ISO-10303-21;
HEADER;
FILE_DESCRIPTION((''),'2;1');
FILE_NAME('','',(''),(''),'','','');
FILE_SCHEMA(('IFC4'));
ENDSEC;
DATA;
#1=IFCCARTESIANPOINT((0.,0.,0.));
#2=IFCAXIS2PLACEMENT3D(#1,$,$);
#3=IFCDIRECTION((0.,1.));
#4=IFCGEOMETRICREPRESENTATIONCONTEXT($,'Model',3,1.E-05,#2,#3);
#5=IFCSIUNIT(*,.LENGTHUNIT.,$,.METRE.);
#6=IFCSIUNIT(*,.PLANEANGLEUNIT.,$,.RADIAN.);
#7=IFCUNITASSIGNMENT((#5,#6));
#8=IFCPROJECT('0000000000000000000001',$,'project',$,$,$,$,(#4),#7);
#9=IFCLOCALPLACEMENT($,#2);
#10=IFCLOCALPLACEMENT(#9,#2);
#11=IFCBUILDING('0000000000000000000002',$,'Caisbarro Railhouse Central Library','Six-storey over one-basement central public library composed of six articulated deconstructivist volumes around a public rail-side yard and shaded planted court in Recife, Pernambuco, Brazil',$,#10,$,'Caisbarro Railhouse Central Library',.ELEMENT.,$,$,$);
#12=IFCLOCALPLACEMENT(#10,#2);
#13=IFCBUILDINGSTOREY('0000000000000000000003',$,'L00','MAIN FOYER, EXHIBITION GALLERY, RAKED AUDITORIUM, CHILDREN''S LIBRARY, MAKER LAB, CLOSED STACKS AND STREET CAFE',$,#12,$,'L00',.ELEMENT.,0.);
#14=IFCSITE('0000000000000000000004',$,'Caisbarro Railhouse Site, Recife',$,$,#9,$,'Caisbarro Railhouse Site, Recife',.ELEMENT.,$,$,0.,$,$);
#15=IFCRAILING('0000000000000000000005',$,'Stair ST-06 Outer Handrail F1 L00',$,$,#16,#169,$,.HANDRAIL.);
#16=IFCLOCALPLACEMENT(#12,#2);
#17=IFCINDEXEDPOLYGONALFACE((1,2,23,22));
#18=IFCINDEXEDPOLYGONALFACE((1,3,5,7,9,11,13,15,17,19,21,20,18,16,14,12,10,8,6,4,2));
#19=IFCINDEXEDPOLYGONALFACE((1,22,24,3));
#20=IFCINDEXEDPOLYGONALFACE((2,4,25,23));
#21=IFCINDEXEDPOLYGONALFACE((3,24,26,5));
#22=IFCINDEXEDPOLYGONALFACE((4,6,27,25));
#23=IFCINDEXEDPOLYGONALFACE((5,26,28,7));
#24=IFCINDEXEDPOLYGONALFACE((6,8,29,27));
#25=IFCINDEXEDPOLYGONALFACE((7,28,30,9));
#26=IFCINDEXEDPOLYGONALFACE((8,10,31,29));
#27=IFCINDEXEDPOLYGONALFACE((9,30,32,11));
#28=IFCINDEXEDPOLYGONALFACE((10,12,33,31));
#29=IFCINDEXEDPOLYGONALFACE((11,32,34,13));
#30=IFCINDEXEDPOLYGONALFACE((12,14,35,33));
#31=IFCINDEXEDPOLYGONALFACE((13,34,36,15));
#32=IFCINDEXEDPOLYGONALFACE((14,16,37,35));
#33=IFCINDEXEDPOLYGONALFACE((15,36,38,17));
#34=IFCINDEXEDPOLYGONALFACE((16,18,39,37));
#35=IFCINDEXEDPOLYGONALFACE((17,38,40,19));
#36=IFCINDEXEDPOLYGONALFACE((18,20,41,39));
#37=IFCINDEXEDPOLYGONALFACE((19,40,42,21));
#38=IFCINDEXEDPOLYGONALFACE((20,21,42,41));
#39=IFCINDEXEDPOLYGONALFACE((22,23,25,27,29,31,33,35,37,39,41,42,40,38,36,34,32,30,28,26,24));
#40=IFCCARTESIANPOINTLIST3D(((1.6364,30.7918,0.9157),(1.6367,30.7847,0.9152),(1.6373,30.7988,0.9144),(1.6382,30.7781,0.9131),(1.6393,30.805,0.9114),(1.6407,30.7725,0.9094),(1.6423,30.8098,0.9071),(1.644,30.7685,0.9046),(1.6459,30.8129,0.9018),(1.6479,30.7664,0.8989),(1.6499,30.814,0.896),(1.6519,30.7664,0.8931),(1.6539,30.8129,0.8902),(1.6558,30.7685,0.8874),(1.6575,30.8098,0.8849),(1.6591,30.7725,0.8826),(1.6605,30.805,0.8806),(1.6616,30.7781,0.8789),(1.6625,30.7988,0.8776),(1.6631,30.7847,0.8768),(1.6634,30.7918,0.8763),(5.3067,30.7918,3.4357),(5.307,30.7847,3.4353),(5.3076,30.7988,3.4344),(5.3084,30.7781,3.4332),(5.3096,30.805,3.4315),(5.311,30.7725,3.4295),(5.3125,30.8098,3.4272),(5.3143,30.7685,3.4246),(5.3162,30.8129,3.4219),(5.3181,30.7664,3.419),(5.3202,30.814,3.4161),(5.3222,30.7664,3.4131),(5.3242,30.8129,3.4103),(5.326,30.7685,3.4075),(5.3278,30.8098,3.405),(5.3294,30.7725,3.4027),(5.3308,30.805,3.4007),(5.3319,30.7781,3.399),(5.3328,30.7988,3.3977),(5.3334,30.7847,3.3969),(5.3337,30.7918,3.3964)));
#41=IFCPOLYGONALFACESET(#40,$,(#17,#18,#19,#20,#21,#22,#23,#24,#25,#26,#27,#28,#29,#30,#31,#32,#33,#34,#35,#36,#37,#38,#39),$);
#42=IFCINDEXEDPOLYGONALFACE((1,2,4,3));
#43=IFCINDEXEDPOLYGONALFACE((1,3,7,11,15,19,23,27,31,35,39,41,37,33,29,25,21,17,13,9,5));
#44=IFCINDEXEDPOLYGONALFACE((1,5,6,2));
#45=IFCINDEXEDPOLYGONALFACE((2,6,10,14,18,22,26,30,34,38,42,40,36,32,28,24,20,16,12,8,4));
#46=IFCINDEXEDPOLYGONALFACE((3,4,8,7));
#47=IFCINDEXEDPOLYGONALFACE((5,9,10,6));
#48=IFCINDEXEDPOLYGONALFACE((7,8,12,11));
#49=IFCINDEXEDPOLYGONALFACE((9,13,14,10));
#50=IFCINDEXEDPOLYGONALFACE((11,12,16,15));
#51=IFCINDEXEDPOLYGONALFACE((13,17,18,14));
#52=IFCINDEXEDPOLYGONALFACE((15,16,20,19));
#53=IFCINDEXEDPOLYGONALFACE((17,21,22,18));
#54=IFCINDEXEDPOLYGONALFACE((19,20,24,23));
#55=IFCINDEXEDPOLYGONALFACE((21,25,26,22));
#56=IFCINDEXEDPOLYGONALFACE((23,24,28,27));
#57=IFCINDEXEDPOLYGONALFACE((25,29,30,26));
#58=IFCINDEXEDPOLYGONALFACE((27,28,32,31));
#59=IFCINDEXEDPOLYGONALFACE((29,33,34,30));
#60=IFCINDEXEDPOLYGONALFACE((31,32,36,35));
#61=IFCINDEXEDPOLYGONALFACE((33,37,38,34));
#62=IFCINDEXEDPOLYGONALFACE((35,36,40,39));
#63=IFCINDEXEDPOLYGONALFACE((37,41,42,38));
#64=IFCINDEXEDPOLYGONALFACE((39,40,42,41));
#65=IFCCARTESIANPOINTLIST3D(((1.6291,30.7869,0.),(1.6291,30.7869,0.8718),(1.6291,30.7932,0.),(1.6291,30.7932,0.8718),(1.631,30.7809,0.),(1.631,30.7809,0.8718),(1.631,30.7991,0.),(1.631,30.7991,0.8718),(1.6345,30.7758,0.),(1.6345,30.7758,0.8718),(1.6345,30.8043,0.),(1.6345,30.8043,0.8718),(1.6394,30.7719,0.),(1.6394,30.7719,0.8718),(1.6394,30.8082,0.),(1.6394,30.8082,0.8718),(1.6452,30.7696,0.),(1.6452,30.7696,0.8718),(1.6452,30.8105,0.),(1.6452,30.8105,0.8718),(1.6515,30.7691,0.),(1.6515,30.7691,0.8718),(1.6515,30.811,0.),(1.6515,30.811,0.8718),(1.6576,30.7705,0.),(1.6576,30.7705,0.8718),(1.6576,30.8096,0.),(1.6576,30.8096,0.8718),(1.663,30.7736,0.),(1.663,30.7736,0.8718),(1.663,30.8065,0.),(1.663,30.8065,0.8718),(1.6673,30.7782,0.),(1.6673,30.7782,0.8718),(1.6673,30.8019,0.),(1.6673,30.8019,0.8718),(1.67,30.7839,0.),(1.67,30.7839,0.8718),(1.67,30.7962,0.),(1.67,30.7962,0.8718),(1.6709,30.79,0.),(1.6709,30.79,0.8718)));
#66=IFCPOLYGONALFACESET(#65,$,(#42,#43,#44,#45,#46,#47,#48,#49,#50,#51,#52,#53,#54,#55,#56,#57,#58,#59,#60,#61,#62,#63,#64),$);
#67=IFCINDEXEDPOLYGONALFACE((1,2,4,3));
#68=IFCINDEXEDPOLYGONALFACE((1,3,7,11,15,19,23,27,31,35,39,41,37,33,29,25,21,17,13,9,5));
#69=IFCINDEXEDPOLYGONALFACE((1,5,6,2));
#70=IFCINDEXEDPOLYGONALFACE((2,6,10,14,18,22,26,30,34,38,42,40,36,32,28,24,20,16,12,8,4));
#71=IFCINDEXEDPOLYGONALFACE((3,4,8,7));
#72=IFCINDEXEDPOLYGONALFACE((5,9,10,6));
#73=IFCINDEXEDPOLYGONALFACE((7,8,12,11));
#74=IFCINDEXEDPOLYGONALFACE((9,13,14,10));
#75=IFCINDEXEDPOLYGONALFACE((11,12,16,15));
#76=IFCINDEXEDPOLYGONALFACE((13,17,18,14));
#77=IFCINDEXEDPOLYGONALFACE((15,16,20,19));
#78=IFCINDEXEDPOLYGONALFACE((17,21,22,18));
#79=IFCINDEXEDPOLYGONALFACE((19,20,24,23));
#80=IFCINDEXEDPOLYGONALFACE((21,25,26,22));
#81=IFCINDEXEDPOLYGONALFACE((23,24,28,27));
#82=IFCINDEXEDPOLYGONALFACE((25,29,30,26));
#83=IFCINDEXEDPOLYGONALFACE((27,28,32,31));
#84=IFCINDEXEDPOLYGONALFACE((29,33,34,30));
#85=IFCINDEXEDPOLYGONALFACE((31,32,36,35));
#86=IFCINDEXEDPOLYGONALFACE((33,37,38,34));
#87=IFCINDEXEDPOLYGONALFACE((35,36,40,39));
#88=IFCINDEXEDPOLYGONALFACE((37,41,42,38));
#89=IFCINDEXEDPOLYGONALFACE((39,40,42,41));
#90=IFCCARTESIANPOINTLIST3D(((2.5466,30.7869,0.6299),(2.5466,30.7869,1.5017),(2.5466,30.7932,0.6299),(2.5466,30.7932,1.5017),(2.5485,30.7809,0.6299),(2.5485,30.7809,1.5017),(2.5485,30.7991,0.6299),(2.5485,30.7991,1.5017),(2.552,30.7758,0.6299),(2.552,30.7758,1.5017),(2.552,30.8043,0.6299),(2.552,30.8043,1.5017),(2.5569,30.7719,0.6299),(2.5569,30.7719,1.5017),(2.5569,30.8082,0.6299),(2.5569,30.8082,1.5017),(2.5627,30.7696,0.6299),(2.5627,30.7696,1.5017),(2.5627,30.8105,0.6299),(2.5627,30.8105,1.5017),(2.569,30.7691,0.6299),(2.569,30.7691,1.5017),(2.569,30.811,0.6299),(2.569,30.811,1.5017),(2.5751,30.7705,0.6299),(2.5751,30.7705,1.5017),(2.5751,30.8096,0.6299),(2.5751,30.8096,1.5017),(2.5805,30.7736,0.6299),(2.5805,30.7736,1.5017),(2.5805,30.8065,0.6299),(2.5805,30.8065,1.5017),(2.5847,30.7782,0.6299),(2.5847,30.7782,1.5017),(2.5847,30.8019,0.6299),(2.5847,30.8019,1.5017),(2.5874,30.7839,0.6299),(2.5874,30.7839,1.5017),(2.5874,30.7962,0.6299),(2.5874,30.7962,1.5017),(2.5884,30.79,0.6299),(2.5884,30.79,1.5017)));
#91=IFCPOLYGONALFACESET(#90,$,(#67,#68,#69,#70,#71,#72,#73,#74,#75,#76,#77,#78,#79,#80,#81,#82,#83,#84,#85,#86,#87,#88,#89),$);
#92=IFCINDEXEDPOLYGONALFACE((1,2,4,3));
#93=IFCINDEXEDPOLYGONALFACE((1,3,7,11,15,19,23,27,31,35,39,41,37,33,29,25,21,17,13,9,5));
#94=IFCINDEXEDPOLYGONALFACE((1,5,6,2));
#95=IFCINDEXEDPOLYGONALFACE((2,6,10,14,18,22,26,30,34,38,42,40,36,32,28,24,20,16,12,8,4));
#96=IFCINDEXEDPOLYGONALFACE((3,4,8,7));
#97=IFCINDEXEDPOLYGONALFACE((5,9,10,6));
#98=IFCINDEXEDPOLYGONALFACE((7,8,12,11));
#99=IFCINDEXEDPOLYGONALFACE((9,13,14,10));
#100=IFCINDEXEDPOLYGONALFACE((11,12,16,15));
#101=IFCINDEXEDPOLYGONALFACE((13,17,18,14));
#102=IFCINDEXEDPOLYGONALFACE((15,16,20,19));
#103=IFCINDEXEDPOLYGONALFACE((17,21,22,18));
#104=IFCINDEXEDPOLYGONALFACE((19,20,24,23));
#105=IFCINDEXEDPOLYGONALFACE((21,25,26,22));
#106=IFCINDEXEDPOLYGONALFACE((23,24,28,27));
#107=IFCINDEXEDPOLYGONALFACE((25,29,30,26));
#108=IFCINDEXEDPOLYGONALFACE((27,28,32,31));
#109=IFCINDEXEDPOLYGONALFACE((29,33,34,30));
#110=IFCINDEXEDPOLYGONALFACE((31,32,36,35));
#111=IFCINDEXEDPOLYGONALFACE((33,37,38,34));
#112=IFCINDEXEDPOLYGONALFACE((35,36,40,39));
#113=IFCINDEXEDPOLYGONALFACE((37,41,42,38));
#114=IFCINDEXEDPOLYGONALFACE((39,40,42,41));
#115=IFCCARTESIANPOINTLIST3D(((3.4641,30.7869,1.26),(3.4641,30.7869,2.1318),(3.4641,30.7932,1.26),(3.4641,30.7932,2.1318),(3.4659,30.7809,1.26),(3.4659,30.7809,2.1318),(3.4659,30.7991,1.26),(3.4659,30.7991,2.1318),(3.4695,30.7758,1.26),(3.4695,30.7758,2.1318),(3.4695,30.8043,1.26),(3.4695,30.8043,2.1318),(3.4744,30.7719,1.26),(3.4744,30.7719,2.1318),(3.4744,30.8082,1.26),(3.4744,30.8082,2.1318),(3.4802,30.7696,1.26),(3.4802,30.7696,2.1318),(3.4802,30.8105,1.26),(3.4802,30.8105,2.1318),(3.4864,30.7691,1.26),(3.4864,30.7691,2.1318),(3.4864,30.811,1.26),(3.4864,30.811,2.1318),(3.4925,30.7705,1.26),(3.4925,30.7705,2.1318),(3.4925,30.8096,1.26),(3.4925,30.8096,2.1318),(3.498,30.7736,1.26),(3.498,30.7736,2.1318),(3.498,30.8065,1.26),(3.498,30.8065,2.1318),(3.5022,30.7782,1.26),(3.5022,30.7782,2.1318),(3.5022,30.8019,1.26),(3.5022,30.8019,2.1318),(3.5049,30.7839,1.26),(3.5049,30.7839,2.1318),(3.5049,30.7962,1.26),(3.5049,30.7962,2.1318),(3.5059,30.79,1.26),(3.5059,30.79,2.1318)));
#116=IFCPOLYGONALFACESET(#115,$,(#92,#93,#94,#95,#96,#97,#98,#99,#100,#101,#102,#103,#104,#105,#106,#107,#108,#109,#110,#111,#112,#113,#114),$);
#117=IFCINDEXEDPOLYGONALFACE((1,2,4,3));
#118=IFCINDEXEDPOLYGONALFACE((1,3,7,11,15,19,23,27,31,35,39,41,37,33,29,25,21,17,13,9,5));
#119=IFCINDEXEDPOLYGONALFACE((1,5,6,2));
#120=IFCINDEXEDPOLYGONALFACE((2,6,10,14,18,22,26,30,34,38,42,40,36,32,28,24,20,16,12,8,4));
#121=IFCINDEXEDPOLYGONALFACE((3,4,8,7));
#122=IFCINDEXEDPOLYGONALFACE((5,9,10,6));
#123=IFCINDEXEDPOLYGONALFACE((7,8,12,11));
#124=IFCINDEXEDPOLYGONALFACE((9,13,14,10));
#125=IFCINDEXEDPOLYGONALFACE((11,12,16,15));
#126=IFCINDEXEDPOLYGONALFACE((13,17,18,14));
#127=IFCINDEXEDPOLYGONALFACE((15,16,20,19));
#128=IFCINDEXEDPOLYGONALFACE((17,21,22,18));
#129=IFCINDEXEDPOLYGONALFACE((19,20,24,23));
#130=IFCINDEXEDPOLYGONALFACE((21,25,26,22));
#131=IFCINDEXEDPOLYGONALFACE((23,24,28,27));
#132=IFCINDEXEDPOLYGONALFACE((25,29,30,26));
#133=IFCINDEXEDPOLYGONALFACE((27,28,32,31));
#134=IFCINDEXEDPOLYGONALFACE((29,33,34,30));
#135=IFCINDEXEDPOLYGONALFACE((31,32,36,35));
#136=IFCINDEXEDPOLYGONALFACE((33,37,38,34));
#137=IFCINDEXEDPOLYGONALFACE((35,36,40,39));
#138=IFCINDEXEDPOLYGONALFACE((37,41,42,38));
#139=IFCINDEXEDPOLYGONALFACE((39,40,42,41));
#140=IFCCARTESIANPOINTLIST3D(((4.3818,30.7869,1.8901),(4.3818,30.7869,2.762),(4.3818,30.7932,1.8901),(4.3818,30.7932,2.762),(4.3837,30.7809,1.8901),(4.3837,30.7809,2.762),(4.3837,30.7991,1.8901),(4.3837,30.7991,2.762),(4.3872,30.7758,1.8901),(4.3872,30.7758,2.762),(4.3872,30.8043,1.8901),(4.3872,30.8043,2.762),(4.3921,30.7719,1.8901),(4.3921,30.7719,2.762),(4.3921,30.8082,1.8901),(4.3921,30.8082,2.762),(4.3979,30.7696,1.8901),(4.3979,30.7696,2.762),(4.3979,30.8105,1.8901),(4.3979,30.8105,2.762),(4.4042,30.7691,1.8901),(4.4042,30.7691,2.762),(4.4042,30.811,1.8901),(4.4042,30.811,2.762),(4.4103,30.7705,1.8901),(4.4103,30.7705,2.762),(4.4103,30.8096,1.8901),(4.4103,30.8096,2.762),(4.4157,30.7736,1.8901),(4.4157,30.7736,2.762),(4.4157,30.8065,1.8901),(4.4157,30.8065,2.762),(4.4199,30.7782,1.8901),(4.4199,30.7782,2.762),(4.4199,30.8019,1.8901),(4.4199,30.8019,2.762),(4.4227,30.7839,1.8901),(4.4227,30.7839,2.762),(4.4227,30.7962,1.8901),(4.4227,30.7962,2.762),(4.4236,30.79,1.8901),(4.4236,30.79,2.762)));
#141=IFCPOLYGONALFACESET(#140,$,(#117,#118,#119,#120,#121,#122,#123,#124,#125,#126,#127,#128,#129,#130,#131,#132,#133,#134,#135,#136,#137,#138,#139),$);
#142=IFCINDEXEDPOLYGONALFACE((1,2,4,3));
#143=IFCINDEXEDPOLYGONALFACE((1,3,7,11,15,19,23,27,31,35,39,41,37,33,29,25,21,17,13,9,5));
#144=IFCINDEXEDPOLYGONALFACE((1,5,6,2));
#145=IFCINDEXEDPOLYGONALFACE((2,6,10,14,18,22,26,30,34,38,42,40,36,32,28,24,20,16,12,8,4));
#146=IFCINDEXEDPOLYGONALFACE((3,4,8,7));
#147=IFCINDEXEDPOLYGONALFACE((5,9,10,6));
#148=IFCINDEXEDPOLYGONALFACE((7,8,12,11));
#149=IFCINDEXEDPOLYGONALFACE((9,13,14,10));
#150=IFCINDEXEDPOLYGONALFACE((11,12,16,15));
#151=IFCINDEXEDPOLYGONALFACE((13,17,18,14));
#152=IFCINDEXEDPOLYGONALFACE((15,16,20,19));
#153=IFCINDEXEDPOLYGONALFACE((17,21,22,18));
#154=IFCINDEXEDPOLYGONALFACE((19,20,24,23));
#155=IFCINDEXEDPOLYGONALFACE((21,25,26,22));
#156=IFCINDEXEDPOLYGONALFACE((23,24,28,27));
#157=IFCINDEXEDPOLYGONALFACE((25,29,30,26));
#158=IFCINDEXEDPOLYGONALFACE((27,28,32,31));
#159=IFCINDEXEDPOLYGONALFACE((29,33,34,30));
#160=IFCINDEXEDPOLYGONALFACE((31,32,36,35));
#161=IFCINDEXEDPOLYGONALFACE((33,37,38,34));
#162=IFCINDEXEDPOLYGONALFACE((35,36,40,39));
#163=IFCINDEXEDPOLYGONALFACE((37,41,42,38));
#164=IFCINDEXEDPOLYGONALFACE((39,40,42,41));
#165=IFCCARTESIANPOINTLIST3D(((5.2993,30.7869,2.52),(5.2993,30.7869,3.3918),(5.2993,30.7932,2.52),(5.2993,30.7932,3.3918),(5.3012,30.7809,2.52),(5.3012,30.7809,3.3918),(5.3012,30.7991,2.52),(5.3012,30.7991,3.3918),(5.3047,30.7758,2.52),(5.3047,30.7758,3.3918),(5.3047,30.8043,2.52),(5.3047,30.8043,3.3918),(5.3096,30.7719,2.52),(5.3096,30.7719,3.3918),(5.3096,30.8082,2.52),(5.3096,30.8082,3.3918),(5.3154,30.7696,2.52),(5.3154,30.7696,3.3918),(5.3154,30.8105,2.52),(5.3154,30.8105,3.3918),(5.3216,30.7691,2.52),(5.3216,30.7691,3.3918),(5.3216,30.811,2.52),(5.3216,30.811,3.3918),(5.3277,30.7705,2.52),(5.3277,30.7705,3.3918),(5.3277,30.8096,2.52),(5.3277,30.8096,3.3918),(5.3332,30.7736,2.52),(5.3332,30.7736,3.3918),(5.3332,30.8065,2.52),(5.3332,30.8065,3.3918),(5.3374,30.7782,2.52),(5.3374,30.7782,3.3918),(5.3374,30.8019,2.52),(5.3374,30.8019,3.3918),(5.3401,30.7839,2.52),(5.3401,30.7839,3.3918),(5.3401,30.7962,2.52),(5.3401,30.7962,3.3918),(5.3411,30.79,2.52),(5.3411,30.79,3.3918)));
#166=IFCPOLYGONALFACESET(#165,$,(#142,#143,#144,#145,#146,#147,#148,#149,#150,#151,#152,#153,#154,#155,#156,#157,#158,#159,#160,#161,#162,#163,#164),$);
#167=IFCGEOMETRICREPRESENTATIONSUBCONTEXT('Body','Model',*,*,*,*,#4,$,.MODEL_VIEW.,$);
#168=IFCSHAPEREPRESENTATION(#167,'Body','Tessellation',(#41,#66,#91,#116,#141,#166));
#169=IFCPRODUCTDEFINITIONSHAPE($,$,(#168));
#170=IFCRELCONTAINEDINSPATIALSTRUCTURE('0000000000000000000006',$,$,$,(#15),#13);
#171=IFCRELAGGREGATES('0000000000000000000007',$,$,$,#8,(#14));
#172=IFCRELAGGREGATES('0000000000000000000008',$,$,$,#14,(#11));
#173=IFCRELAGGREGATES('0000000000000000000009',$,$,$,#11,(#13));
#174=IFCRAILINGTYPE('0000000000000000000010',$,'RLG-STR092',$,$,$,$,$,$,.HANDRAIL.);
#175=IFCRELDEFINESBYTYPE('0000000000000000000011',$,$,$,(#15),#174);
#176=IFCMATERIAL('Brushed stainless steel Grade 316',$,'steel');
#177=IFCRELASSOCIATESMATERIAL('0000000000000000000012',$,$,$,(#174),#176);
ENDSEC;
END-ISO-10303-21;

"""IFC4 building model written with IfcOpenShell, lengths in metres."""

from ifc_helpers import new_model, si_unit, direction, frame, origin, origin_2d, place, context, subcontext, project, spatial, circle, extrude, material, type_object, element, save


model = new_model("IFC4")

# Units and contexts
model_context = context("Model", 3, precision=1e-05, world=origin(), true_north=direction((0.0, 1.0)))
body_context = subcontext(model_context, "Body", "Model", "MODEL_VIEW")
ifc_project = project(units=[si_unit("LENGTHUNIT", "METRE"), si_unit("PLANEANGLEUNIT", "RADIAN")], contexts=[model_context])

# Site, building, storey
site_placement = place(None, origin())
site = spatial("IfcSite", under=ifc_project, at=site_placement, Name="Caisbarro Railhouse Site, Recife", LongName="Caisbarro Railhouse Site, Recife", CompositionType="ELEMENT", RefElevation=0.0)
building_placement = place(site_placement, origin())
building = spatial("IfcBuilding", under=site, at=building_placement, Name="Caisbarro Railhouse Central Library", Description="Six-storey over one-basement central public library composed of six articulated deconstructivist volumes around a public rail-side yard and shaded planted court in Recife, Pernambuco, Brazil", LongName="Caisbarro Railhouse Central Library", CompositionType="ELEMENT")
storey_placement = place(building_placement, origin())
storey = spatial("IfcBuildingStorey", under=building, at=storey_placement, Name="L00", Description="MAIN FOYER, EXHIBITION GALLERY, RAKED AUDITORIUM, CHILDREN'S LIBRARY, MAKER LAB, CLOSED STACKS AND STREET CAFE", LongName="L00", CompositionType="ELEMENT", Elevation=0.0)

# Railing
ifc_material_1 = material(Name="Brushed stainless steel Grade 316", Category="steel")
railing_type = type_object("IfcRailingType", Name="RLG-STR092", PredefinedType="HANDRAIL", material=ifc_material_1)
railing_placement = place(storey_placement, frame((1.6499, 30.79, 0.0)))
element("IfcRailing", 1, at=railing_placement, inside=storey, type_object=railing_type, Name="Stair ST-06 Outer Handrail F1 L00", PredefinedType="HANDRAIL", context=body_context, shape_type="SweptSolid", body=[
    extrude(circle(Radius=0.0239, at=origin_2d()), frame((0.0, 0.0, 0.896), z_axis=(0.824379, 0.0, 0.566038), x_axis=(0.0, 1.0, 0.0)), (0.0, 0.0, 1.0), 4.4521),
    extrude(circle(Radius=0.021, at=origin_2d()), origin(), (0.0, 0.0, 1.0), 0.8718),
    extrude(circle(Radius=0.021, at=origin_2d()), frame((0.9175, 0.0, 0.6299)), (0.0, 0.0, 1.0), 0.8718),
    extrude(circle(Radius=0.021, at=origin_2d()), frame((1.835, 0.0, 1.26)), (0.0, 0.0, 1.0), 0.8718),
    extrude(circle(Radius=0.021, at=origin_2d()), frame((2.7527, 0.0, 1.8901)), (0.0, 0.0, 1.0), 0.8718),
    extrude(circle(Radius=0.021, at=origin_2d()), frame((3.6702, 0.0, 2.52)), (0.0, 0.0, 1.0), 0.8718),
])

save(model, "model.ifc")
